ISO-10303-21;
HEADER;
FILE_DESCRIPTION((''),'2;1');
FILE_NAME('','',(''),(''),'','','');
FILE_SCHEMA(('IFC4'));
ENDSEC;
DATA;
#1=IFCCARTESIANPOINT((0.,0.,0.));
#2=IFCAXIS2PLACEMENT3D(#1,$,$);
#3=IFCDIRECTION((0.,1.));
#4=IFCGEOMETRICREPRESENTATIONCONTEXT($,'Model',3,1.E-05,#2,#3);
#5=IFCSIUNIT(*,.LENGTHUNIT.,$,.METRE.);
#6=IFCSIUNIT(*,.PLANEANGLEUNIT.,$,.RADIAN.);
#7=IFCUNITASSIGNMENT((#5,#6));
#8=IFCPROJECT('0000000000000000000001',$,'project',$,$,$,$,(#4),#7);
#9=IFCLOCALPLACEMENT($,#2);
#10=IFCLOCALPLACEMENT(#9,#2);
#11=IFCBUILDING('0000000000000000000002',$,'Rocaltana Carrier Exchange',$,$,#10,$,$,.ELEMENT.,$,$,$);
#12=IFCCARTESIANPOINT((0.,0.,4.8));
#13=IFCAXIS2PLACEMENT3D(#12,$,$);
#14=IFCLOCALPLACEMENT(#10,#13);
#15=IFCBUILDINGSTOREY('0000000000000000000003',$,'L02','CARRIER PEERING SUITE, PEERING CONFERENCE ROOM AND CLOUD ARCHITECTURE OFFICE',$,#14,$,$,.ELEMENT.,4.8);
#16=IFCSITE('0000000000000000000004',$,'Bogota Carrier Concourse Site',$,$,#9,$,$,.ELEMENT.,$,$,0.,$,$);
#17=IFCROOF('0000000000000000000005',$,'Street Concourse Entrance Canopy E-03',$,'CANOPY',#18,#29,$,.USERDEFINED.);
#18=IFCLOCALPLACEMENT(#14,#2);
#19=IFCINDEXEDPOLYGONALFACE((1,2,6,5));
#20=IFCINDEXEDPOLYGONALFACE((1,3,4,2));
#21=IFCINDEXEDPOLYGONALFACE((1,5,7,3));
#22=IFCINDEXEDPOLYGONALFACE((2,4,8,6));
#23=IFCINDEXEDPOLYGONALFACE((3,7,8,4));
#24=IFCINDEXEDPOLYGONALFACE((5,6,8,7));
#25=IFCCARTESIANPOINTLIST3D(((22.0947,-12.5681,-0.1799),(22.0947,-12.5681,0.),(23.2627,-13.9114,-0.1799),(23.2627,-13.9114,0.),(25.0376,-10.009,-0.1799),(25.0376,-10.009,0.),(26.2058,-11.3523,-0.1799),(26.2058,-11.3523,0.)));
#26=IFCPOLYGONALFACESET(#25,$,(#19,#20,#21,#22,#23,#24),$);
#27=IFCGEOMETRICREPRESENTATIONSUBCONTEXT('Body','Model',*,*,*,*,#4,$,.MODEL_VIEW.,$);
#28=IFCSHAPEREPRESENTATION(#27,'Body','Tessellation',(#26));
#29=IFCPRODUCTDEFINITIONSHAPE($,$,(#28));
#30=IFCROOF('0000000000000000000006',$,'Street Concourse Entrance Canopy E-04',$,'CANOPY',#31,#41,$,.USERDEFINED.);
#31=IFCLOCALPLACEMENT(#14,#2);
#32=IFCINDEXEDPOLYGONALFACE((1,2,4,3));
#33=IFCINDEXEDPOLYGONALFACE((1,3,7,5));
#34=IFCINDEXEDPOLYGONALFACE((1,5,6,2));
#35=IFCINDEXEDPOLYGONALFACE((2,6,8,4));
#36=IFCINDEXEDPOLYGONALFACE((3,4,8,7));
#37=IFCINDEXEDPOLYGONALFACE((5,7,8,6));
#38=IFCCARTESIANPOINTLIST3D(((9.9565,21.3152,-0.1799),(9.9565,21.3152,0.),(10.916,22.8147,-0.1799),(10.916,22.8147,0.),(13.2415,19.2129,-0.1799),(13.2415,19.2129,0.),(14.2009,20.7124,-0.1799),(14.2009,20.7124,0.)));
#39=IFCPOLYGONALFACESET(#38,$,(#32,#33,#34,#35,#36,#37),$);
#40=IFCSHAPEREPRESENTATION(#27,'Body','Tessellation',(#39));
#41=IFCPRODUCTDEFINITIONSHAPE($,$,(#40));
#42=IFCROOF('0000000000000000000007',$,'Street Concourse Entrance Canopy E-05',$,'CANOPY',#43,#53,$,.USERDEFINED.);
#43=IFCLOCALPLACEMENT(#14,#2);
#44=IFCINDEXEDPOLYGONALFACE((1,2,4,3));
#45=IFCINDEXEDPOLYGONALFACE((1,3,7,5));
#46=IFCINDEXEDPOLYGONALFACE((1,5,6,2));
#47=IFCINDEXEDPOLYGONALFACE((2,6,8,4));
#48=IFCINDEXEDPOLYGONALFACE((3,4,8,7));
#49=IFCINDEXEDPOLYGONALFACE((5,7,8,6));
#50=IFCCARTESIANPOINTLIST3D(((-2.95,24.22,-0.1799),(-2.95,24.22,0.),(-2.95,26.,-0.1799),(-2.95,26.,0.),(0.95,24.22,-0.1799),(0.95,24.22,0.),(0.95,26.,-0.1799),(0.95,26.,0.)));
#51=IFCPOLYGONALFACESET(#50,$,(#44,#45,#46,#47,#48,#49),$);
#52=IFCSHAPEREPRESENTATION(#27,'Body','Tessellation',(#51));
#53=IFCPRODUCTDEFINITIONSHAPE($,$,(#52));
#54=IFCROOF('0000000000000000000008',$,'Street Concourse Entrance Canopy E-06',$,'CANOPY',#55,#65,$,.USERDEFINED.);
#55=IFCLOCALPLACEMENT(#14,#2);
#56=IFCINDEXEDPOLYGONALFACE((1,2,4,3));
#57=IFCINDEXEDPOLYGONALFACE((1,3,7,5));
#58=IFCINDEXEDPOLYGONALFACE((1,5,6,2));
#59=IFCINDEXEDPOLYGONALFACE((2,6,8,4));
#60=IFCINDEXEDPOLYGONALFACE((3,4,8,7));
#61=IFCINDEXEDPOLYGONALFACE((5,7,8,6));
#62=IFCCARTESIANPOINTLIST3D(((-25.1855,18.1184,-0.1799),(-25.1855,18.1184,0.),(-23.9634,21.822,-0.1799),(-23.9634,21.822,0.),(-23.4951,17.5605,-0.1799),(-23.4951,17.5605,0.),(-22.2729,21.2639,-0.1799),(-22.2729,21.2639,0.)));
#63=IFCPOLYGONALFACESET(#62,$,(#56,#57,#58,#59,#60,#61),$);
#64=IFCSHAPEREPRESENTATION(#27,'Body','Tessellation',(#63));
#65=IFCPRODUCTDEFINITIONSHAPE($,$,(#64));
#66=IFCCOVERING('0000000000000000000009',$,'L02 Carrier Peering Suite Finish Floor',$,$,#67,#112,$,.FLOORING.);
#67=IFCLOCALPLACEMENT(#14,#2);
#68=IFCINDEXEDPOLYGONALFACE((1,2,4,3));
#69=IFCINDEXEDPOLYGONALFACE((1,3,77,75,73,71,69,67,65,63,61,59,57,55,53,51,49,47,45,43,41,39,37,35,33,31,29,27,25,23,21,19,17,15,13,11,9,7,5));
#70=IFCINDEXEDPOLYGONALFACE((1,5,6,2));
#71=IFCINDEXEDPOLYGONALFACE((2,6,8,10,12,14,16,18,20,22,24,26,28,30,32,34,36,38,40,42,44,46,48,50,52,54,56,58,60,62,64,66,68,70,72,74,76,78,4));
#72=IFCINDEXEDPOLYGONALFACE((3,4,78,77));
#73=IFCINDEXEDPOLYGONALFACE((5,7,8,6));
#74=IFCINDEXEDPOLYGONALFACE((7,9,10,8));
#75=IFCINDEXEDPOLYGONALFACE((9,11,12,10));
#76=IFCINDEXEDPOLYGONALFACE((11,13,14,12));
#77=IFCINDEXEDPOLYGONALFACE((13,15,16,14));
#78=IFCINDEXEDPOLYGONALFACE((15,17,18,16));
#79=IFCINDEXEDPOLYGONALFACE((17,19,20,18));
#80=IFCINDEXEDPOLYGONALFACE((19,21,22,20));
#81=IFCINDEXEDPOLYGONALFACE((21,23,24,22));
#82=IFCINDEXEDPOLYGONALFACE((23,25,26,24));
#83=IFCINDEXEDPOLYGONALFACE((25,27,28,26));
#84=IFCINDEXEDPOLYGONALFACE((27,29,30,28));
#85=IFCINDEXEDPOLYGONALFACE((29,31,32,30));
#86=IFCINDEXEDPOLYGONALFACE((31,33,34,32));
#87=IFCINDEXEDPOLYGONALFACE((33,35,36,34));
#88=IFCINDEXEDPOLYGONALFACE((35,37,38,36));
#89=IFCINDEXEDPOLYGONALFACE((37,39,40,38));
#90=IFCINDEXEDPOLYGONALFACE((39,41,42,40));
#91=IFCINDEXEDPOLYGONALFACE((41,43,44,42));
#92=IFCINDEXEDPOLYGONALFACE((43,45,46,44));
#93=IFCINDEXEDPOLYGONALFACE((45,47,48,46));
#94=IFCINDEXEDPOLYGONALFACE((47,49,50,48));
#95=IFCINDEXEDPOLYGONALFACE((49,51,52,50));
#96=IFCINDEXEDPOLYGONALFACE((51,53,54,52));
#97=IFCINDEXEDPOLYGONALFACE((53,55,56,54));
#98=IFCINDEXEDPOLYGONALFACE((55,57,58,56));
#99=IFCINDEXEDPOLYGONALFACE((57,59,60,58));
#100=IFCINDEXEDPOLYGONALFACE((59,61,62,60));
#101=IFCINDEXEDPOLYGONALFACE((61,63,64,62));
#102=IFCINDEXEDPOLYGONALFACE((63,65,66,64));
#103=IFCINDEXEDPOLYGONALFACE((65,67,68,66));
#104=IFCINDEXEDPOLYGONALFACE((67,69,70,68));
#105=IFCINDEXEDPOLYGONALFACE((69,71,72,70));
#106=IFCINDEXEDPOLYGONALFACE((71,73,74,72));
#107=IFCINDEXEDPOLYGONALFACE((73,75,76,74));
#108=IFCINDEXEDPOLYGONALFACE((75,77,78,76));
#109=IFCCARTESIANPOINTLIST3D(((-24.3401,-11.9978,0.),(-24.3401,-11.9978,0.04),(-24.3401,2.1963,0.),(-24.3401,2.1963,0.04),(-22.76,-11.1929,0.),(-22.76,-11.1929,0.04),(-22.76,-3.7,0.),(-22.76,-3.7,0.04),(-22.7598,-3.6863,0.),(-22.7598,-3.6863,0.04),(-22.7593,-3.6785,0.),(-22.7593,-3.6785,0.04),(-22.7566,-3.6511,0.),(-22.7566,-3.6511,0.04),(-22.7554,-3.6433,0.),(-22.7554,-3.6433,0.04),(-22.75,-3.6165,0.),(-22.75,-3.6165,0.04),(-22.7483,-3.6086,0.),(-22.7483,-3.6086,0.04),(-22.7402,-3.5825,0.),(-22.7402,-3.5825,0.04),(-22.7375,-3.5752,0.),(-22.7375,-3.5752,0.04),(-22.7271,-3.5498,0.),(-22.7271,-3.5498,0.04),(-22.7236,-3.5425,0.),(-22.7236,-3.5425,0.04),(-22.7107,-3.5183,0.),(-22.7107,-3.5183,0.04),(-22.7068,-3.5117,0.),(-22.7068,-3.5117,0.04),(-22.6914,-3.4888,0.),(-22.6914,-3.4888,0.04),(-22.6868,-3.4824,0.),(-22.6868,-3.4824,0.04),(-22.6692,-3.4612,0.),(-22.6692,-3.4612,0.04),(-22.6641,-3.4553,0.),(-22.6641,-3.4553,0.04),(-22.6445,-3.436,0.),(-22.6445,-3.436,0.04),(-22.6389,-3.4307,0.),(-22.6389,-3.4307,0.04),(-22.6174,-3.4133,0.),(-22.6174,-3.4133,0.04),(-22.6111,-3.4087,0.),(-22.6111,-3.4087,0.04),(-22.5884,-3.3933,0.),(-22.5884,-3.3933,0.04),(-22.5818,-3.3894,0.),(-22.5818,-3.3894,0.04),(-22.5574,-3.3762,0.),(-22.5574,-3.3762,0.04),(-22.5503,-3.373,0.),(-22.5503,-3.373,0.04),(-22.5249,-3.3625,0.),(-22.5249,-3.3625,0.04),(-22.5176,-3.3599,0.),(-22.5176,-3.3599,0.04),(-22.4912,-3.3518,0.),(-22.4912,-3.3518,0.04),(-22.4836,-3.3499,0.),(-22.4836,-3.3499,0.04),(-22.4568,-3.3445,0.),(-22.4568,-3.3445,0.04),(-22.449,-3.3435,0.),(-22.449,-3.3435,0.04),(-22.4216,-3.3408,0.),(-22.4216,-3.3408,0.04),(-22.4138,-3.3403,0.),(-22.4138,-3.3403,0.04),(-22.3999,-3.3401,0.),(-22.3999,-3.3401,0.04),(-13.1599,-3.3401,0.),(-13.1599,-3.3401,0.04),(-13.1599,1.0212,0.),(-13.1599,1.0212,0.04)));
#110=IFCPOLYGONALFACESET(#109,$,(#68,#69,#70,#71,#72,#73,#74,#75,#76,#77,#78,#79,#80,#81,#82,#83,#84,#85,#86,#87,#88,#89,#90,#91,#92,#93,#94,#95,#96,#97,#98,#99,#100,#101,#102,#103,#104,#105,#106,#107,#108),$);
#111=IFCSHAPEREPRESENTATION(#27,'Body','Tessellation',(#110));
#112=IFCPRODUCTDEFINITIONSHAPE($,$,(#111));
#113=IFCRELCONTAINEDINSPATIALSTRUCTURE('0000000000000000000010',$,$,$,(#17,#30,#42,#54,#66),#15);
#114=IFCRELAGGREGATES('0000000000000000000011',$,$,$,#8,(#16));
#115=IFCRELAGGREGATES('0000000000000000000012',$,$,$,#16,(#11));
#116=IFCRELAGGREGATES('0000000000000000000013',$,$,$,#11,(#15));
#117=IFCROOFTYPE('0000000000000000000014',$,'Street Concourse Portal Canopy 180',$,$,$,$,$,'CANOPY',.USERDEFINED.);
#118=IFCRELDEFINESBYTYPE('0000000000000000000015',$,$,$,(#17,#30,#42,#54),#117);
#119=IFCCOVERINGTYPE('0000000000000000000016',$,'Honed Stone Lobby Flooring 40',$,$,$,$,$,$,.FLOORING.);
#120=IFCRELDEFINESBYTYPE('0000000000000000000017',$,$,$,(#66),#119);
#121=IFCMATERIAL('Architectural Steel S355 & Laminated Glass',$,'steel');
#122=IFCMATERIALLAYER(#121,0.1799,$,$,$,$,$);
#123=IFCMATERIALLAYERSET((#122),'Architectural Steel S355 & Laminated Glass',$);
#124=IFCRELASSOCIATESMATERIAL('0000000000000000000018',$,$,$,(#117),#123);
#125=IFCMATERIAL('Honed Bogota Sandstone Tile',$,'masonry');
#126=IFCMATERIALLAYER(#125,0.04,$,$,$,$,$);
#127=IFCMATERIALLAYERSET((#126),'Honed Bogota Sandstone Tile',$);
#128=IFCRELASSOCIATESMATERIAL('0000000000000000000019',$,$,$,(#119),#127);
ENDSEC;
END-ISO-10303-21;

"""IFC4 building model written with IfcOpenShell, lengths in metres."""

from ifc_helpers import new_model, si_unit, direction, frame, origin, place, context, subcontext, project, spatial, polyline, outline, extrude, material, layer, layer_set, type_object, element, save


model = new_model("IFC4")

# Units and contexts
model_context = context("Model", 3, precision=1e-05, world=origin(), true_north=direction((0.0, 1.0)))
body_context = subcontext(model_context, "Body", "Model", "MODEL_VIEW")
ifc_project = project(units=[si_unit("LENGTHUNIT", "METRE"), si_unit("PLANEANGLEUNIT", "RADIAN")], contexts=[model_context])

# Site, building, storey
site_placement = place(None, origin())
site = spatial("IfcSite", under=ifc_project, at=site_placement, Name="Bogota Carrier Concourse Site", CompositionType="ELEMENT", RefElevation=0.0)
building_placement = place(site_placement, origin())
building = spatial("IfcBuilding", under=site, at=building_placement, Name="Rocaltana Carrier Exchange", CompositionType="ELEMENT")
storey_placement = place(building_placement, frame((0.0, 0.0, 4.8)))
storey = spatial("IfcBuildingStorey", under=building, at=storey_placement, Name="L02", Description="CARRIER PEERING SUITE, PEERING CONFERENCE ROOM AND CLOUD ARCHITECTURE OFFICE", CompositionType="ELEMENT", Elevation=4.8)

# Roofs
ifc_material_1 = material(Name="Architectural Steel S355 & Laminated Glass", Category="steel")
ifc_layer_1 = layer(ifc_material_1, 0.1799)
ifc_layer_set_1 = layer_set([ifc_layer_1], Name="Architectural Steel S355 & Laminated Glass")
roof_type = type_object("IfcRoofType", Name="Street Concourse Portal Canopy 180", ElementType="CANOPY", PredefinedType="USERDEFINED", material=ifc_layer_set_1)
roof_1_placement = place(storey_placement, frame((0.0, 0.0, -0.1799)))
element("IfcRoof", 1, at=roof_1_placement, inside=storey, type_object=roof_type, Name="Street Concourse Entrance Canopy E-03", ObjectType="CANOPY", PredefinedType="USERDEFINED", context=body_context, shape_type="SweptSolid", body=[
    extrude(outline(polyline([(25.0376, -10.009), (22.0947, -12.5681), (23.2627, -13.9114), (26.2058, -11.3523), (25.0376, -10.009)])), origin(), (0.0, 0.0, 1.0), 0.1799),
])
roof_2_placement = place(storey_placement, frame((0.0, 0.0, -0.1799)))
element("IfcRoof", 2, at=roof_2_placement, inside=storey, type_object=roof_type, Name="Street Concourse Entrance Canopy E-04", ObjectType="CANOPY", PredefinedType="USERDEFINED", context=body_context, shape_type="SweptSolid", body=[
    extrude(outline(polyline([(9.9565, 21.3152), (13.2415, 19.2129), (14.2009, 20.7124), (10.916, 22.8147), (9.9565, 21.3152)])), origin(), (0.0, 0.0, 1.0), 0.1799),
])
roof_3_placement = place(storey_placement, frame((0.0, 0.0, -0.1799)))
element("IfcRoof", 3, at=roof_3_placement, inside=storey, type_object=roof_type, Name="Street Concourse Entrance Canopy E-05", ObjectType="CANOPY", PredefinedType="USERDEFINED", context=body_context, shape_type="SweptSolid", body=[
    extrude(outline(polyline([(-2.95, 24.22), (0.95, 24.22), (0.95, 26.0), (-2.95, 26.0), (-2.95, 24.22)])), origin(), (0.0, 0.0, 1.0), 0.1799),
])
roof_4_placement = place(storey_placement, frame((0.0, 0.0, -0.1799)))
element("IfcRoof", 4, at=roof_4_placement, inside=storey, type_object=roof_type, Name="Street Concourse Entrance Canopy E-06", ObjectType="CANOPY", PredefinedType="USERDEFINED", context=body_context, shape_type="SweptSolid", body=[
    extrude(outline(polyline([(-23.4951, 17.5605), (-22.2729, 21.2639), (-23.9634, 21.822), (-25.1855, 18.1184), (-23.4951, 17.5605)])), origin(), (0.0, 0.0, 1.0), 0.1799),
])

# Covering
ifc_material_2 = material(Name="Honed Bogota Sandstone Tile", Category="masonry")
ifc_layer_2 = layer(ifc_material_2, 0.04)
ifc_layer_set_2 = layer_set([ifc_layer_2], Name="Honed Bogota Sandstone Tile")
covering_type_1 = type_object("IfcCoveringType", Name="Honed Stone Lobby Flooring 40", PredefinedType="FLOORING", material=ifc_layer_set_2)
covering_1_placement = place(storey_placement, origin())
element("IfcCovering", 5, at=covering_1_placement, inside=storey, type_object=covering_type_1, Name="L02 Carrier Peering Suite Finish Floor", PredefinedType="FLOORING", context=body_context, shape_type="SweptSolid", body=[
    extrude(outline(polyline([(-24.3401, 2.1963), (-13.1599, 1.0212), (-13.1599, -3.3401), (-22.3999, -3.3401), (-22.4138, -3.3403), (-22.4216, -3.3408), (-22.449, -3.3435), (-22.4568, -3.3445), (-22.4836, -3.3499), (-22.4912, -3.3518), (-22.5176, -3.3599), (-22.5249, -3.3625), (-22.5503, -3.373), (-22.5574, -3.3762), (-22.5818, -3.3894), (-22.5884, -3.3933), (-22.6111, -3.4087), (-22.6174, -3.4133), (-22.6389, -3.4307), (-22.6445, -3.436), (-22.6641, -3.4553), (-22.6692, -3.4612), (-22.6868, -3.4824), (-22.6914, -3.4888), (-22.7068, -3.5117), (-22.7107, -3.5183), (-22.7236, -3.5425), (-22.7271, -3.5498), (-22.7375, -3.5752), (-22.7402, -3.5825), (-22.7483, -3.6086), (-22.75, -3.6165), (-22.7554, -3.6433), (-22.7566, -3.6511), (-22.7593, -3.6785), (-22.7598, -3.6863), (-22.76, -3.7), (-22.76, -11.1929), (-24.3401, -11.9978), (-24.3401, 2.1963)])), origin(), (0.0, 0.0, 1.0), 0.04),
])

save(model, "model.ifc")
